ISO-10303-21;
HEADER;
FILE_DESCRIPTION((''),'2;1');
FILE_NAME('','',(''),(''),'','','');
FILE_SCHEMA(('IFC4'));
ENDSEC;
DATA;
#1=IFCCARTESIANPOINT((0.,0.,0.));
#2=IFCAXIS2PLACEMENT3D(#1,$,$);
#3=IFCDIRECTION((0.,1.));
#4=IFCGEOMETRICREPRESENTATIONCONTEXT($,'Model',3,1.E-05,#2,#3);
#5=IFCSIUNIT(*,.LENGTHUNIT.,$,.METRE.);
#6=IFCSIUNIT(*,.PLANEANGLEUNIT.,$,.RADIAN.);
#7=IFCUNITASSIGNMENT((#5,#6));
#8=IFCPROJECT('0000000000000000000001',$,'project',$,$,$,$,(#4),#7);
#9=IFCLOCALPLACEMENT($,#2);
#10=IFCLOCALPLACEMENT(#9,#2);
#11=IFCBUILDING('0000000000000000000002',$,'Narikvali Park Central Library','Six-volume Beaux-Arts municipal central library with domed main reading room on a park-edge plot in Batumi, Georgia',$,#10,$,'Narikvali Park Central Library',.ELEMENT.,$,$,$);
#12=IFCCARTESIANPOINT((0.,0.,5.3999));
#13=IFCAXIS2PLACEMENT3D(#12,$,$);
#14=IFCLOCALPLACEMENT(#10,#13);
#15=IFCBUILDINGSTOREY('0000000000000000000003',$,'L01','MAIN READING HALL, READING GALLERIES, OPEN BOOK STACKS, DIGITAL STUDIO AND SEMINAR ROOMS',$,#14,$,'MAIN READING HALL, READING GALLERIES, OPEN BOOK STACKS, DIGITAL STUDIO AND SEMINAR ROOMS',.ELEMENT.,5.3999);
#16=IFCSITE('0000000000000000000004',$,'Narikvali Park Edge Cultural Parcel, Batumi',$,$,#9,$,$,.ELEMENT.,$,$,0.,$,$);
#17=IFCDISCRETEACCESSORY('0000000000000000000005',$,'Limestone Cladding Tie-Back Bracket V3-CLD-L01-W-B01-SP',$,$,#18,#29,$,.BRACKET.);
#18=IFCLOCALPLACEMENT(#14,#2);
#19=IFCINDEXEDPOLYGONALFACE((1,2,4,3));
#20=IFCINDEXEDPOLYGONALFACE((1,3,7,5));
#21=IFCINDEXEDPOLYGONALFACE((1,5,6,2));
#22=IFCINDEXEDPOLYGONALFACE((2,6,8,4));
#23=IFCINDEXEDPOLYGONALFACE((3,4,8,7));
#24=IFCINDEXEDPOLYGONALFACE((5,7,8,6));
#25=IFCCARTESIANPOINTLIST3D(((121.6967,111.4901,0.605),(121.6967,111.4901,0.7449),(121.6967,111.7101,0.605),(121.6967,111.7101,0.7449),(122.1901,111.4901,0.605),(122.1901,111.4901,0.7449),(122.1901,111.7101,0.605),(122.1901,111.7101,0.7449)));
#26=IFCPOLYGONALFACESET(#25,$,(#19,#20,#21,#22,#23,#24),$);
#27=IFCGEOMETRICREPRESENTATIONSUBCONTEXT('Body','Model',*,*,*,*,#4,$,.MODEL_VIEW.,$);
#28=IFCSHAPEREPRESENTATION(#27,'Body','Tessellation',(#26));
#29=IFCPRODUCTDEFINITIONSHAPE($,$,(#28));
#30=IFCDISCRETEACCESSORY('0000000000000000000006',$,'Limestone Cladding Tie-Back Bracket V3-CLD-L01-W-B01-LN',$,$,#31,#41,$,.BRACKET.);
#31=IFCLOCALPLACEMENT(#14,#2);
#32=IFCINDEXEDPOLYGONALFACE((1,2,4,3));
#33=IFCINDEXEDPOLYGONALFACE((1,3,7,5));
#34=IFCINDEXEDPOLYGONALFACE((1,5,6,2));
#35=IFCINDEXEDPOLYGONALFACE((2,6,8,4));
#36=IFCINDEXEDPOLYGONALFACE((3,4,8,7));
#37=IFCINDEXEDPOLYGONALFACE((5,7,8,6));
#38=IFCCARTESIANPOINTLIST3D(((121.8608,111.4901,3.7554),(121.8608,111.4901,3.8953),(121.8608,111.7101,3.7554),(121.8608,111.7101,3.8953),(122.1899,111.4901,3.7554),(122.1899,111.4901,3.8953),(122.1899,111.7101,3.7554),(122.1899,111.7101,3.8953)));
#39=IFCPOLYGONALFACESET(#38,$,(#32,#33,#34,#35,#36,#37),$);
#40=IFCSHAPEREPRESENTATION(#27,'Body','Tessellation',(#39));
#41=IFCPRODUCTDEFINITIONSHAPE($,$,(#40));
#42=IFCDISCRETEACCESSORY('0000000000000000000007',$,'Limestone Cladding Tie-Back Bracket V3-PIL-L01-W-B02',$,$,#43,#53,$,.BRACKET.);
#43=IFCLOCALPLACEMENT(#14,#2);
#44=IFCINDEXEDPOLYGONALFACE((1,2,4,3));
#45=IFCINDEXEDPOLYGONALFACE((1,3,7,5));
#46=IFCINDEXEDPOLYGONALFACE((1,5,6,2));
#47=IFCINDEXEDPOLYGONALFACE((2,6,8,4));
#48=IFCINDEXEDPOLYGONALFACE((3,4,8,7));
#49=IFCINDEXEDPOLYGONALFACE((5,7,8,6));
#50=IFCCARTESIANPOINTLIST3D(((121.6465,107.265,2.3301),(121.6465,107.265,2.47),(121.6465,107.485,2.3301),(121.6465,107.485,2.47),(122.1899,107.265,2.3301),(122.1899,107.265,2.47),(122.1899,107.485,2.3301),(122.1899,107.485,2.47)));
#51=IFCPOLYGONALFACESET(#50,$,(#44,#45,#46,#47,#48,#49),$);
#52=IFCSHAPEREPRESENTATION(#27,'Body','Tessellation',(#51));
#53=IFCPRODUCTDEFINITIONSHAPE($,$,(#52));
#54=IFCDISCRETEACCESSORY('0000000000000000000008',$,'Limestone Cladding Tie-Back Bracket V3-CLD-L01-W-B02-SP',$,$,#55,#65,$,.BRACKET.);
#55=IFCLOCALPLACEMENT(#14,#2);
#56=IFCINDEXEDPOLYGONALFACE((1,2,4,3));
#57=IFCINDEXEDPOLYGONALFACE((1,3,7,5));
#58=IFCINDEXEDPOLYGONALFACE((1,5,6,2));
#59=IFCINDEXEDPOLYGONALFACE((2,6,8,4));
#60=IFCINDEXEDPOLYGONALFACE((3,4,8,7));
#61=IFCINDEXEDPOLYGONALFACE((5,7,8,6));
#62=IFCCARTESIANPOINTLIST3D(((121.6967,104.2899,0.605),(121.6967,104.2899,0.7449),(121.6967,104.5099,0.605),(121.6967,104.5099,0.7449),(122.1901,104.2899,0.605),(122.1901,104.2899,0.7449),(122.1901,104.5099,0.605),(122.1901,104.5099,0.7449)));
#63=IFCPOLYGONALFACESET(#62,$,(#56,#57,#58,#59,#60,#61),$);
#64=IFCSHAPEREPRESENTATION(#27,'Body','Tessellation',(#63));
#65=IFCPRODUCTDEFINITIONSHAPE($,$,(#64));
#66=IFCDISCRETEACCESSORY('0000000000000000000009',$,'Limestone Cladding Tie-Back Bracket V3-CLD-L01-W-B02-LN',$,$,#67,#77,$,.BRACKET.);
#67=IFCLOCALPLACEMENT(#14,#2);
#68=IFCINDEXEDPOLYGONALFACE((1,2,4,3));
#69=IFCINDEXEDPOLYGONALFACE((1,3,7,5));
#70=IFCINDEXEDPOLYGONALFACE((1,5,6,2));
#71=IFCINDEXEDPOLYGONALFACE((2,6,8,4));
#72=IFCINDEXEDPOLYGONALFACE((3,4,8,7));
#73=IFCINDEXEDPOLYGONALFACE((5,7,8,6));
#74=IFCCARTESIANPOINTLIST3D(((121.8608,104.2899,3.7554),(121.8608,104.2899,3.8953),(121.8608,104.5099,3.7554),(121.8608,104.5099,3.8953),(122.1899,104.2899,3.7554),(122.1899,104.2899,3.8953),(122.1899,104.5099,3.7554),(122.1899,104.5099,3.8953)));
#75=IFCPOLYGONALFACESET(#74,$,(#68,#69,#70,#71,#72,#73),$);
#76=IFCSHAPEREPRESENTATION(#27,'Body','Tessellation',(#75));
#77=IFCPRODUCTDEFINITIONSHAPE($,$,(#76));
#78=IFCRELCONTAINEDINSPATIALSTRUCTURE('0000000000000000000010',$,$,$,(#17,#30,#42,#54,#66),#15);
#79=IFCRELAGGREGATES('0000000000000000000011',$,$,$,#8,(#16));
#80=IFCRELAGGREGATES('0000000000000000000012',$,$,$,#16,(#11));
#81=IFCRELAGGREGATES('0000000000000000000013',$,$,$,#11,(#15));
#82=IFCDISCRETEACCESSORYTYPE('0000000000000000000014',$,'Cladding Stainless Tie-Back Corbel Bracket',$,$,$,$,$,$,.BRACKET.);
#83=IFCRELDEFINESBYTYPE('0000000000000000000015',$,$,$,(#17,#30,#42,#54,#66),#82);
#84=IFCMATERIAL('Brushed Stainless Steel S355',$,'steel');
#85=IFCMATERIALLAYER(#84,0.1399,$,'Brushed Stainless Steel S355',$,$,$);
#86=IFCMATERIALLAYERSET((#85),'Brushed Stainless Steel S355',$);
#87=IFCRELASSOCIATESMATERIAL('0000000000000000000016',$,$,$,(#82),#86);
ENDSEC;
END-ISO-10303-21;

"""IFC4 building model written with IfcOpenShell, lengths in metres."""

from ifc_helpers import new_model, si_unit, direction, frame, origin, origin_2d, place, context, subcontext, project, spatial, rectangle, extrude, material, layer, layer_set, type_object, element, save


model = new_model("IFC4")

# Units and contexts
model_context = context("Model", 3, precision=1e-05, world=origin(), true_north=direction((0.0, 1.0)))
body_context = subcontext(model_context, "Body", "Model", "MODEL_VIEW")
ifc_project = project(units=[si_unit("LENGTHUNIT", "METRE"), si_unit("PLANEANGLEUNIT", "RADIAN")], contexts=[model_context])

# Site, building, storey
site_placement = place(None, origin())
site = spatial("IfcSite", under=ifc_project, at=site_placement, Name="Narikvali Park Edge Cultural Parcel, Batumi", CompositionType="ELEMENT", RefElevation=0.0)
building_placement = place(site_placement, origin())
building = spatial("IfcBuilding", under=site, at=building_placement, Name="Narikvali Park Central Library", Description="Six-volume Beaux-Arts municipal central library with domed main reading room on a park-edge plot in Batumi, Georgia", LongName="Narikvali Park Central Library", CompositionType="ELEMENT")
storey_placement = place(building_placement, frame((0.0, 0.0, 5.3999)))
storey = spatial("IfcBuildingStorey", under=building, at=storey_placement, Name="L01", Description="MAIN READING HALL, READING GALLERIES, OPEN BOOK STACKS, DIGITAL STUDIO AND SEMINAR ROOMS", LongName="MAIN READING HALL, READING GALLERIES, OPEN BOOK STACKS, DIGITAL STUDIO AND SEMINAR ROOMS", CompositionType="ELEMENT", Elevation=5.3999)

# Discrete accessories
ifc_material_1 = material(Name="Brushed Stainless Steel S355", Category="steel")
ifc_layer_1 = layer(ifc_material_1, 0.1399, Name="Brushed Stainless Steel S355")
ifc_layer_set_1 = layer_set([ifc_layer_1], Name="Brushed Stainless Steel S355")
discrete_accessory_type = type_object("IfcDiscreteAccessoryType", Name="Cladding Stainless Tie-Back Corbel Bracket", PredefinedType="BRACKET", material=ifc_layer_set_1)
discrete_accessory_1_placement = place(storey_placement, frame((121.9434, 111.6001, 0.605), z_axis=(0.0, 0.0, 1.0), x_axis=(1.0, 0.0, 0.0)))
element("IfcDiscreteAccessory", 1, at=discrete_accessory_1_placement, inside=storey, type_object=discrete_accessory_type, Name="Limestone Cladding Tie-Back Bracket V3-CLD-L01-W-B01-SP", PredefinedType="BRACKET", context=body_context, shape_type="SweptSolid", body=[
    extrude(rectangle(XDim=0.4934, YDim=0.22, at=origin_2d()), origin(), (0.0, 0.0, 1.0), 0.1399),
])
discrete_accessory_2_placement = place(storey_placement, frame((122.0254, 111.6001, 3.7554), z_axis=(0.0, 0.0, 1.0), x_axis=(1.0, 0.0, 0.0)))
element("IfcDiscreteAccessory", 2, at=discrete_accessory_2_placement, inside=storey, type_object=discrete_accessory_type, Name="Limestone Cladding Tie-Back Bracket V3-CLD-L01-W-B01-LN", PredefinedType="BRACKET", context=body_context, shape_type="SweptSolid", body=[
    extrude(rectangle(XDim=0.3291, YDim=0.22, at=origin_2d()), origin(), (0.0, 0.0, 1.0), 0.1399),
])
discrete_accessory_3_placement = place(storey_placement, frame((121.9182, 107.375, 2.3301), z_axis=(0.0, 0.0, 1.0), x_axis=(1.0, 0.0, 0.0)))
element("IfcDiscreteAccessory", 3, at=discrete_accessory_3_placement, inside=storey, type_object=discrete_accessory_type, Name="Limestone Cladding Tie-Back Bracket V3-PIL-L01-W-B02", PredefinedType="BRACKET", context=body_context, shape_type="SweptSolid", body=[
    extrude(rectangle(XDim=0.5435, YDim=0.22, at=origin_2d()), origin(), (0.0, 0.0, 1.0), 0.1399),
])
discrete_accessory_4_placement = place(storey_placement, frame((121.9434, 104.3999, 0.605), z_axis=(0.0, 0.0, 1.0), x_axis=(1.0, 0.0, 0.0)))
element("IfcDiscreteAccessory", 4, at=discrete_accessory_4_placement, inside=storey, type_object=discrete_accessory_type, Name="Limestone Cladding Tie-Back Bracket V3-CLD-L01-W-B02-SP", PredefinedType="BRACKET", context=body_context, shape_type="SweptSolid", body=[
    extrude(rectangle(XDim=0.4934, YDim=0.22, at=origin_2d()), origin(), (0.0, 0.0, 1.0), 0.1399),
])
discrete_accessory_5_placement = place(storey_placement, frame((122.0254, 104.3999, 3.7554), z_axis=(0.0, 0.0, 1.0), x_axis=(1.0, 0.0, 0.0)))
element("IfcDiscreteAccessory", 5, at=discrete_accessory_5_placement, inside=storey, type_object=discrete_accessory_type, Name="Limestone Cladding Tie-Back Bracket V3-CLD-L01-W-B02-LN", PredefinedType="BRACKET", context=body_context, shape_type="SweptSolid", body=[
    extrude(rectangle(XDim=0.3291, YDim=0.22, at=origin_2d()), origin(), (0.0, 0.0, 1.0), 0.1399),
])

save(model, "model.ifc")
